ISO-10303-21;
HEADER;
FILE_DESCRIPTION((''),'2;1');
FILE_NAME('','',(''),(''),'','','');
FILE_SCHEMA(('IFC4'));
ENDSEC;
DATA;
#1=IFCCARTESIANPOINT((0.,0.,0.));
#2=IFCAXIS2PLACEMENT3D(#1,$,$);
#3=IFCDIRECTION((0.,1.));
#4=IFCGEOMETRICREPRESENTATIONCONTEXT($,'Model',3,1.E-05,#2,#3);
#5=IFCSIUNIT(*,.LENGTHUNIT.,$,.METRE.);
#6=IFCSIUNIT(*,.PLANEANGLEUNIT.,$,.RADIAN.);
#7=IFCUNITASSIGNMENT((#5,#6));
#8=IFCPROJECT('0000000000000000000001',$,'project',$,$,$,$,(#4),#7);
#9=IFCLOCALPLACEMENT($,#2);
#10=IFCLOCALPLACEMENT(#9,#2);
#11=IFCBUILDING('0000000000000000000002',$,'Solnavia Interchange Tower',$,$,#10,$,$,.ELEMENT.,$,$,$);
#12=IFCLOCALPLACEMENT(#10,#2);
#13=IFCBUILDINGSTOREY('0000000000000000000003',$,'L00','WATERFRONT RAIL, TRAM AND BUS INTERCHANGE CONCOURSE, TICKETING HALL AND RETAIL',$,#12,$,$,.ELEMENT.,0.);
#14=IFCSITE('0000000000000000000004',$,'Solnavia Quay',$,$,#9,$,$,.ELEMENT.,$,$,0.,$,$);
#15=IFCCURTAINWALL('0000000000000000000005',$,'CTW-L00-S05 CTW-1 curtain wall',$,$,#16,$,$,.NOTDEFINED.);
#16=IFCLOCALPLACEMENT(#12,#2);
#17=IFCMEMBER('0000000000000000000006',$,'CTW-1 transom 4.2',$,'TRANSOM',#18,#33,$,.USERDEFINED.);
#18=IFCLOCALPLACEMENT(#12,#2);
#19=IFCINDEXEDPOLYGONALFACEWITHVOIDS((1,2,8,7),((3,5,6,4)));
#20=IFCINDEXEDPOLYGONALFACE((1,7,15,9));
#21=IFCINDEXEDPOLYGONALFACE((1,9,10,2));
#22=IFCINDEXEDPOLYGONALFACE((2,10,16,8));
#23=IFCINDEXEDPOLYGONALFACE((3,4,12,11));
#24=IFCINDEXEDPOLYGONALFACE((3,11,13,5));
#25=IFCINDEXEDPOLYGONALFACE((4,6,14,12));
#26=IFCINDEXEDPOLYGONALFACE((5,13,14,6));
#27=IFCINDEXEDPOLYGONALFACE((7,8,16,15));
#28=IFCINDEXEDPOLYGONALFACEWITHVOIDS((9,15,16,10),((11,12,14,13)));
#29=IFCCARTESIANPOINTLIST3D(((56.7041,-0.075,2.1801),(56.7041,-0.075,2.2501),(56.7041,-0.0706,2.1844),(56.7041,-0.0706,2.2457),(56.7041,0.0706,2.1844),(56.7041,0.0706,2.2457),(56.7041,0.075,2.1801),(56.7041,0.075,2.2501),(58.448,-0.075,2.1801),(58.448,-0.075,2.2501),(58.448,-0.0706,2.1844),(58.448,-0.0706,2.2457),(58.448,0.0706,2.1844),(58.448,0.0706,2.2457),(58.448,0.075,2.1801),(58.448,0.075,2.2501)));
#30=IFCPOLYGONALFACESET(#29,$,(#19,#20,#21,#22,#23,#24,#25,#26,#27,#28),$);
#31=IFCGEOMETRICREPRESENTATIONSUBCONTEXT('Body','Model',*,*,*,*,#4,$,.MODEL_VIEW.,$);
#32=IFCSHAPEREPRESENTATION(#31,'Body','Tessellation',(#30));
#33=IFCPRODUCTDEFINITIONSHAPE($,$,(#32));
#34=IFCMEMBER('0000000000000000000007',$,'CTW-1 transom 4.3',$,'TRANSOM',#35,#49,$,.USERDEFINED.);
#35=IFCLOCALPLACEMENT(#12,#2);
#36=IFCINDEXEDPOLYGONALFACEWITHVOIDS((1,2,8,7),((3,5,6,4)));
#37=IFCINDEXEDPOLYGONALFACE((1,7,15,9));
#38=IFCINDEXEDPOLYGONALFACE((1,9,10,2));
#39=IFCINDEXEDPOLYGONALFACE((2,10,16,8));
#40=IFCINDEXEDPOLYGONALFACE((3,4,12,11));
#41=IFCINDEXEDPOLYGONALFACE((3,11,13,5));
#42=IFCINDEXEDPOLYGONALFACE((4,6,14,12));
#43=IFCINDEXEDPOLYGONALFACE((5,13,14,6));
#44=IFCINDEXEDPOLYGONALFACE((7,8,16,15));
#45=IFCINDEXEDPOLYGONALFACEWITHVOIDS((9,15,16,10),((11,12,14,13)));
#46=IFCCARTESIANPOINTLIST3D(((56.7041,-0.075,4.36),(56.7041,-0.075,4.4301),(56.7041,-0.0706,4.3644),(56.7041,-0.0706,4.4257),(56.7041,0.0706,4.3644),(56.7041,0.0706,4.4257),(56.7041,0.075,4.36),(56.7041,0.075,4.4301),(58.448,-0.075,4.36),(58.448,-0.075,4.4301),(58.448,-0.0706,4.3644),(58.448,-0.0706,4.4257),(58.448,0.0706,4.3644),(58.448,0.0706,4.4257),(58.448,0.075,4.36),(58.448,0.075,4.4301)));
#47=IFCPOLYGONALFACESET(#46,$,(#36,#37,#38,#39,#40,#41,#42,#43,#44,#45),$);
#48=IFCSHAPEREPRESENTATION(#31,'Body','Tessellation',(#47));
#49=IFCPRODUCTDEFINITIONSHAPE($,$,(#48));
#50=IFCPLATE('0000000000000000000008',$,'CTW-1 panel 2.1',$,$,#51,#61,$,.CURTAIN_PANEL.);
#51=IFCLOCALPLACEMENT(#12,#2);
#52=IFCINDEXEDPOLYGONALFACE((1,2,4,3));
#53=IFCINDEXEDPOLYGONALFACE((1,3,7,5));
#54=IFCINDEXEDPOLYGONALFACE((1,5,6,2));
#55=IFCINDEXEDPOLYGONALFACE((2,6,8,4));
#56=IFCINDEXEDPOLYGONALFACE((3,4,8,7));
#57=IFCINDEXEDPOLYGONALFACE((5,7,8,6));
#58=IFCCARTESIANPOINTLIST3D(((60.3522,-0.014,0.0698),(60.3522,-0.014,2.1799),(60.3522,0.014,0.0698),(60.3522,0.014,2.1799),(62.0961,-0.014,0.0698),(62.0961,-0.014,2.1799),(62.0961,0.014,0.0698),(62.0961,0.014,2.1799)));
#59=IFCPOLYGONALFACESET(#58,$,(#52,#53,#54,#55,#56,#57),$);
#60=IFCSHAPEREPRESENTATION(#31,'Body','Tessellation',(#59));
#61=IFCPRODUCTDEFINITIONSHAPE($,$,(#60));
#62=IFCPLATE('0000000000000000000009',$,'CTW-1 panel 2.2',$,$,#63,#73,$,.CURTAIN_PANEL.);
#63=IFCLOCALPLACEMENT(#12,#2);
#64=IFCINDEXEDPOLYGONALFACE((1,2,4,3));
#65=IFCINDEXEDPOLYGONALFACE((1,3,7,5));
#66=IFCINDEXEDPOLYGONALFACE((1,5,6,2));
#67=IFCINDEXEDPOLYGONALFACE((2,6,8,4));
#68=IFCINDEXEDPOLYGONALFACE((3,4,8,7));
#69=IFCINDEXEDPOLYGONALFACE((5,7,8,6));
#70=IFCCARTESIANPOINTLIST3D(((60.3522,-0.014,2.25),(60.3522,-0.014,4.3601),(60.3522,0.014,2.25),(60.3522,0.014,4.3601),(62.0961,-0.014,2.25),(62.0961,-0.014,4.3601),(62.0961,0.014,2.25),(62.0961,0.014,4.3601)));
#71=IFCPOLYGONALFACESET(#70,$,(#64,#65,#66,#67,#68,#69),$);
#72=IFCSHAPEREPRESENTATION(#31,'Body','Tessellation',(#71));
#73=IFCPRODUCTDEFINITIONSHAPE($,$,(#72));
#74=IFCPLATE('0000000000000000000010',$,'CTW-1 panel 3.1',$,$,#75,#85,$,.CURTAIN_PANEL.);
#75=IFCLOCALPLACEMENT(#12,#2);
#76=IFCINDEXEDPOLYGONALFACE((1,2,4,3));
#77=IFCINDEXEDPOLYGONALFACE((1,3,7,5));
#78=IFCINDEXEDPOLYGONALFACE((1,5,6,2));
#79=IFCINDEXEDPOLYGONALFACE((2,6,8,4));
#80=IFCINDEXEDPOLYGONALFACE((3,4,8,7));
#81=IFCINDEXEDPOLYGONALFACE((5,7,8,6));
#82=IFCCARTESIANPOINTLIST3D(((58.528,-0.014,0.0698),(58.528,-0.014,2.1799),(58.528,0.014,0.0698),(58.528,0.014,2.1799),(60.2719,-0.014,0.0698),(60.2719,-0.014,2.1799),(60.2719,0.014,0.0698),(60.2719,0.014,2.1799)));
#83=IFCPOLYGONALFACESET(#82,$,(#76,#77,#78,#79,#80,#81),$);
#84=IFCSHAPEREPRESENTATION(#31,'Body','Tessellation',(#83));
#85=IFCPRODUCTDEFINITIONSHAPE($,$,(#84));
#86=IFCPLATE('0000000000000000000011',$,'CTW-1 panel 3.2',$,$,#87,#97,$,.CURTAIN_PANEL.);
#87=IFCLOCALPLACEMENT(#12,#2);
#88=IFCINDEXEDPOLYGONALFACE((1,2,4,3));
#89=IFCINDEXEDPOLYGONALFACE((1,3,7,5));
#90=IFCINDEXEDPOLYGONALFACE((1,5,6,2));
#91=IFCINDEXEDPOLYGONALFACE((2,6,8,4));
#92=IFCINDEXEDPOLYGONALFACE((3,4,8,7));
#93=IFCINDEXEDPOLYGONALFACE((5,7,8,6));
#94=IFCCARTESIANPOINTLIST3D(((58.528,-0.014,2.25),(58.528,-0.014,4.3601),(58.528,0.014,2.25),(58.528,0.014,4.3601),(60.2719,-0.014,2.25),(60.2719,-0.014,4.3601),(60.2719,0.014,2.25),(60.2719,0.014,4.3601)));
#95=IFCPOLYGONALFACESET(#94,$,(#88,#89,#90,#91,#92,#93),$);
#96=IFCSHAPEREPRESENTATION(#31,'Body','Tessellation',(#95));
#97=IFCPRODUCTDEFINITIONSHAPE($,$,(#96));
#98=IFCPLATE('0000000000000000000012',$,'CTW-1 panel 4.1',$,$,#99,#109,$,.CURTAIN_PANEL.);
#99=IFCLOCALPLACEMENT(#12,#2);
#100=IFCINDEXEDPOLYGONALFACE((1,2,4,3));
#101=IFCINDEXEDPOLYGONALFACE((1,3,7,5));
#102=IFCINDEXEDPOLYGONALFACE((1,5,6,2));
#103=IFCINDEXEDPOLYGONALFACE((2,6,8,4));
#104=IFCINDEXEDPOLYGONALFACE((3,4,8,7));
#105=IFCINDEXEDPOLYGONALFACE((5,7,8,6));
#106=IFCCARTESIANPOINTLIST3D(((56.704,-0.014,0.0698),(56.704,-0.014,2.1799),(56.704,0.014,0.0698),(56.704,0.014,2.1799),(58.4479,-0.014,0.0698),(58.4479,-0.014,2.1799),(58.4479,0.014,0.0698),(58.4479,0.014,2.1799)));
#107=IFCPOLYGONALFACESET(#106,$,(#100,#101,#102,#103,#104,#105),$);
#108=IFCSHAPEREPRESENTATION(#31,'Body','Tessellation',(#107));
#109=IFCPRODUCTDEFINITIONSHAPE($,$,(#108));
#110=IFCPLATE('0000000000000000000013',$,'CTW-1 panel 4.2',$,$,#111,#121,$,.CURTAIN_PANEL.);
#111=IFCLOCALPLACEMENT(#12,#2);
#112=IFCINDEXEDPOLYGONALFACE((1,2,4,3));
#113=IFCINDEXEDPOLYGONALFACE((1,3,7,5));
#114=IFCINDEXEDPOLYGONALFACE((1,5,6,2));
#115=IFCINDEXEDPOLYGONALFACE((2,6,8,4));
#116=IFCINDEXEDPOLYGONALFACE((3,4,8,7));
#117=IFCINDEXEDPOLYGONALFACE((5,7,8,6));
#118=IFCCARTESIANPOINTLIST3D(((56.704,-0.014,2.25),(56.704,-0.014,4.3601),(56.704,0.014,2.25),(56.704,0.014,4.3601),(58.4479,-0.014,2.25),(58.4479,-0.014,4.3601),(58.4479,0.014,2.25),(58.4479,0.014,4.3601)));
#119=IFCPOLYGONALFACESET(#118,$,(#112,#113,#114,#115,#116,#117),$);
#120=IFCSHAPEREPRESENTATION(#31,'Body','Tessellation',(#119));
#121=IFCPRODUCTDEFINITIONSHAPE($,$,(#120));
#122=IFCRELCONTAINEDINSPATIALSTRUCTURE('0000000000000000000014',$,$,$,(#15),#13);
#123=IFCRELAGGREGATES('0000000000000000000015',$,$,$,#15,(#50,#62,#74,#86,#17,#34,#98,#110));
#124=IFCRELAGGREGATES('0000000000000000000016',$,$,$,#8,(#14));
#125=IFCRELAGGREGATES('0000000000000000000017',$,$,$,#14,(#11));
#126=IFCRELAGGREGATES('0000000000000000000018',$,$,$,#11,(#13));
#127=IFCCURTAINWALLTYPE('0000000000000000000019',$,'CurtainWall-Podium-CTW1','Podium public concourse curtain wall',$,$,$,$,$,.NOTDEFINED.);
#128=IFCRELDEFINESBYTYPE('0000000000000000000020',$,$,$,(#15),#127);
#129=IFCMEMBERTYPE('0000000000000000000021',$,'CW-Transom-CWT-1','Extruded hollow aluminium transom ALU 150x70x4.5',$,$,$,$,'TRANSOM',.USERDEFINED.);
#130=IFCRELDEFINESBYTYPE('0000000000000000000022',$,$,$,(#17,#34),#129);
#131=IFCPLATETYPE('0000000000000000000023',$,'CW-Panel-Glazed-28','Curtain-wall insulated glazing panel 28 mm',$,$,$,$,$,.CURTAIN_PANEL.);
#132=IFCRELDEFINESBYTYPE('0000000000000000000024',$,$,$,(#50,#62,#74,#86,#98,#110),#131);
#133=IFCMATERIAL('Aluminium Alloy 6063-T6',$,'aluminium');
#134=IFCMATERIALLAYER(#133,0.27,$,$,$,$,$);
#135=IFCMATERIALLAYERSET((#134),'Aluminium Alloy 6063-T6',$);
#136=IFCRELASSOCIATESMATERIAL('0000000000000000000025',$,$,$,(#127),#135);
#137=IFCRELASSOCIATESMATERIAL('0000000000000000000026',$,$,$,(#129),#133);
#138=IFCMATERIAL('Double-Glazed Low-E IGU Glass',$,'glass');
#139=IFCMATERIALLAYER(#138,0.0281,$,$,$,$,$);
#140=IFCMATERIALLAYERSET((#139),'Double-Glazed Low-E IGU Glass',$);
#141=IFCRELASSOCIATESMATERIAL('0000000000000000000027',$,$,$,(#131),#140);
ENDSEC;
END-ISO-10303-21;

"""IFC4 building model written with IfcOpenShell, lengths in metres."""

from ifc_helpers import new_model, si_unit, direction, frame, origin, origin_2d, place, context, subcontext, project, spatial, rectangle, hollow_rectangle, extrude, material, layer, layer_set, material_profile, profile_set, type_object, element, aggregate, save


model = new_model("IFC4")

# Units and contexts
model_context = context("Model", 3, precision=1e-05, world=origin(), true_north=direction((0.0, 1.0)))
body_context = subcontext(model_context, "Body", "Model", "MODEL_VIEW")
ifc_project = project(units=[si_unit("LENGTHUNIT", "METRE"), si_unit("PLANEANGLEUNIT", "RADIAN")], contexts=[model_context])

# Site, building, storey
site_placement = place(None, origin())
site = spatial("IfcSite", under=ifc_project, at=site_placement, Name="Solnavia Quay", CompositionType="ELEMENT", RefElevation=0.0)
building_placement = place(site_placement, origin())
building = spatial("IfcBuilding", under=site, at=building_placement, Name="Solnavia Interchange Tower", CompositionType="ELEMENT")
storey_placement = place(building_placement, origin())
storey = spatial("IfcBuildingStorey", under=building, at=storey_placement, Name="L00", Description="WATERFRONT RAIL, TRAM AND BUS INTERCHANGE CONCOURSE, TICKETING HALL AND RETAIL", CompositionType="ELEMENT", Elevation=0.0)

# Curtain wall, members, plates
ifc_material_1 = material(Name="Aluminium Alloy 6063-T6", Category="aluminium")
ifc_layer_1 = layer(ifc_material_1, 0.27)
ifc_layer_set_1 = layer_set([ifc_layer_1], Name="Aluminium Alloy 6063-T6")
curtain_wall_type = type_object("IfcCurtainWallType", Name="CurtainWall-Podium-CTW1", Description="Podium public concourse curtain wall", PredefinedType="NOTDEFINED", material=ifc_layer_set_1)
curtain_wall_placement = place(storey_placement, origin())
curtain_wall = element("IfcCurtainWall", 1, at=curtain_wall_placement, inside=storey, type_object=curtain_wall_type, Name="CTW-L00-S05 CTW-1 curtain wall", PredefinedType="NOTDEFINED")
ifc_material_profile_1 = material_profile(ifc_material_1, hollow_rectangle(XDim=0.0701, YDim=0.1499, WallThickness=0.0044, at=origin_2d()), Name="ALU 150x70x4.5")
ifc_profile_set_1 = profile_set([ifc_material_profile_1], Name="Aluminium Alloy 6063-T6")
member_type_1 = type_object("IfcMemberType", Name="CW-Transom-CWT-1", Description="Extruded hollow aluminium transom ALU 150x70x4.5", ElementType="TRANSOM", PredefinedType="USERDEFINED", material=ifc_profile_set_1)
member_1_placement = place(storey_placement, frame((58.448, 0.0, 2.2151), z_axis=(-1.0, 0.0, 0.0), x_axis=(0.0, 0.0, 1.0)))
member_1 = element("IfcMember", 2, at=member_1_placement, type_object=member_type_1, Name="CTW-1 transom 4.2", ObjectType="TRANSOM", PredefinedType="USERDEFINED", context=body_context, shape_type="SweptSolid", body=[
    extrude(hollow_rectangle(XDim=0.0701, YDim=0.1499, WallThickness=0.0044, at=origin_2d()), origin(), (0.0, 0.0, 1.0), 1.7439),
])
member_2_placement = place(storey_placement, frame((58.448, 0.0, 4.395), z_axis=(-1.0, 0.0, 0.0), x_axis=(0.0, 0.0, 1.0)))
member_2 = element("IfcMember", 3, at=member_2_placement, type_object=member_type_1, Name="CTW-1 transom 4.3", ObjectType="TRANSOM", PredefinedType="USERDEFINED", context=body_context, shape_type="SweptSolid", body=[
    extrude(hollow_rectangle(XDim=0.0701, YDim=0.1499, WallThickness=0.0044, at=origin_2d()), origin(), (0.0, 0.0, 1.0), 1.7439),
])
ifc_material_2 = material(Name="Double-Glazed Low-E IGU Glass", Category="glass")
ifc_layer_2 = layer(ifc_material_2, 0.0281)
ifc_layer_set_2 = layer_set([ifc_layer_2], Name="Double-Glazed Low-E IGU Glass")
plate_type = type_object("IfcPlateType", Name="CW-Panel-Glazed-28", Description="Curtain-wall insulated glazing panel 28 mm", PredefinedType="CURTAIN_PANEL", material=ifc_layer_set_2)
plate_1_placement = place(storey_placement, frame((61.2241, 0.0, 0.0698), z_axis=(0.0, 0.0, 1.0), x_axis=(-1.0, 0.0, 0.0)))
plate_1 = element("IfcPlate", 4, at=plate_1_placement, type_object=plate_type, Name="CTW-1 panel 2.1", PredefinedType="CURTAIN_PANEL", context=body_context, shape_type="SweptSolid", body=[
    extrude(rectangle(XDim=1.7439, YDim=0.0281, at=origin_2d()), origin(), (0.0, 0.0, 1.0), 2.1101),
])
plate_2_placement = place(storey_placement, frame((61.2241, 0.0, 2.25), z_axis=(0.0, 0.0, 1.0), x_axis=(-1.0, 0.0, 0.0)))
plate_2 = element("IfcPlate", 5, at=plate_2_placement, type_object=plate_type, Name="CTW-1 panel 2.2", PredefinedType="CURTAIN_PANEL", context=body_context, shape_type="SweptSolid", body=[
    extrude(rectangle(XDim=1.7439, YDim=0.0281, at=origin_2d()), origin(), (0.0, 0.0, 1.0), 2.1101),
])
plate_3_placement = place(storey_placement, frame((59.3999, 0.0, 0.0698), z_axis=(0.0, 0.0, 1.0), x_axis=(-1.0, 0.0, 0.0)))
plate_3 = element("IfcPlate", 6, at=plate_3_placement, type_object=plate_type, Name="CTW-1 panel 3.1", PredefinedType="CURTAIN_PANEL", context=body_context, shape_type="SweptSolid", body=[
    extrude(rectangle(XDim=1.7439, YDim=0.0281, at=origin_2d()), origin(), (0.0, 0.0, 1.0), 2.1101),
])
plate_4_placement = place(storey_placement, frame((59.3999, 0.0, 2.25), z_axis=(0.0, 0.0, 1.0), x_axis=(-1.0, 0.0, 0.0)))
plate_4 = element("IfcPlate", 7, at=plate_4_placement, type_object=plate_type, Name="CTW-1 panel 3.2", PredefinedType="CURTAIN_PANEL", context=body_context, shape_type="SweptSolid", body=[
    extrude(rectangle(XDim=1.7439, YDim=0.0281, at=origin_2d()), origin(), (0.0, 0.0, 1.0), 2.1101),
])
plate_5_placement = place(storey_placement, frame((57.5759, 0.0, 0.0698), z_axis=(0.0, 0.0, 1.0), x_axis=(-1.0, 0.0, 0.0)))
plate_5 = element("IfcPlate", 8, at=plate_5_placement, type_object=plate_type, Name="CTW-1 panel 4.1", PredefinedType="CURTAIN_PANEL", context=body_context, shape_type="SweptSolid", body=[
    extrude(rectangle(XDim=1.7439, YDim=0.0281, at=origin_2d()), origin(), (0.0, 0.0, 1.0), 2.1101),
])
plate_6_placement = place(storey_placement, frame((57.5759, 0.0, 2.25), z_axis=(0.0, 0.0, 1.0), x_axis=(-1.0, 0.0, 0.0)))
plate_6 = element("IfcPlate", 9, at=plate_6_placement, type_object=plate_type, Name="CTW-1 panel 4.2", PredefinedType="CURTAIN_PANEL", context=body_context, shape_type="SweptSolid", body=[
    extrude(rectangle(XDim=1.7439, YDim=0.0281, at=origin_2d()), origin(), (0.0, 0.0, 1.0), 2.1101),
])
aggregate(curtain_wall, [plate_1, plate_2, plate_3, plate_4, member_1, member_2, plate_5, plate_6])

save(model, "model.ifc")
